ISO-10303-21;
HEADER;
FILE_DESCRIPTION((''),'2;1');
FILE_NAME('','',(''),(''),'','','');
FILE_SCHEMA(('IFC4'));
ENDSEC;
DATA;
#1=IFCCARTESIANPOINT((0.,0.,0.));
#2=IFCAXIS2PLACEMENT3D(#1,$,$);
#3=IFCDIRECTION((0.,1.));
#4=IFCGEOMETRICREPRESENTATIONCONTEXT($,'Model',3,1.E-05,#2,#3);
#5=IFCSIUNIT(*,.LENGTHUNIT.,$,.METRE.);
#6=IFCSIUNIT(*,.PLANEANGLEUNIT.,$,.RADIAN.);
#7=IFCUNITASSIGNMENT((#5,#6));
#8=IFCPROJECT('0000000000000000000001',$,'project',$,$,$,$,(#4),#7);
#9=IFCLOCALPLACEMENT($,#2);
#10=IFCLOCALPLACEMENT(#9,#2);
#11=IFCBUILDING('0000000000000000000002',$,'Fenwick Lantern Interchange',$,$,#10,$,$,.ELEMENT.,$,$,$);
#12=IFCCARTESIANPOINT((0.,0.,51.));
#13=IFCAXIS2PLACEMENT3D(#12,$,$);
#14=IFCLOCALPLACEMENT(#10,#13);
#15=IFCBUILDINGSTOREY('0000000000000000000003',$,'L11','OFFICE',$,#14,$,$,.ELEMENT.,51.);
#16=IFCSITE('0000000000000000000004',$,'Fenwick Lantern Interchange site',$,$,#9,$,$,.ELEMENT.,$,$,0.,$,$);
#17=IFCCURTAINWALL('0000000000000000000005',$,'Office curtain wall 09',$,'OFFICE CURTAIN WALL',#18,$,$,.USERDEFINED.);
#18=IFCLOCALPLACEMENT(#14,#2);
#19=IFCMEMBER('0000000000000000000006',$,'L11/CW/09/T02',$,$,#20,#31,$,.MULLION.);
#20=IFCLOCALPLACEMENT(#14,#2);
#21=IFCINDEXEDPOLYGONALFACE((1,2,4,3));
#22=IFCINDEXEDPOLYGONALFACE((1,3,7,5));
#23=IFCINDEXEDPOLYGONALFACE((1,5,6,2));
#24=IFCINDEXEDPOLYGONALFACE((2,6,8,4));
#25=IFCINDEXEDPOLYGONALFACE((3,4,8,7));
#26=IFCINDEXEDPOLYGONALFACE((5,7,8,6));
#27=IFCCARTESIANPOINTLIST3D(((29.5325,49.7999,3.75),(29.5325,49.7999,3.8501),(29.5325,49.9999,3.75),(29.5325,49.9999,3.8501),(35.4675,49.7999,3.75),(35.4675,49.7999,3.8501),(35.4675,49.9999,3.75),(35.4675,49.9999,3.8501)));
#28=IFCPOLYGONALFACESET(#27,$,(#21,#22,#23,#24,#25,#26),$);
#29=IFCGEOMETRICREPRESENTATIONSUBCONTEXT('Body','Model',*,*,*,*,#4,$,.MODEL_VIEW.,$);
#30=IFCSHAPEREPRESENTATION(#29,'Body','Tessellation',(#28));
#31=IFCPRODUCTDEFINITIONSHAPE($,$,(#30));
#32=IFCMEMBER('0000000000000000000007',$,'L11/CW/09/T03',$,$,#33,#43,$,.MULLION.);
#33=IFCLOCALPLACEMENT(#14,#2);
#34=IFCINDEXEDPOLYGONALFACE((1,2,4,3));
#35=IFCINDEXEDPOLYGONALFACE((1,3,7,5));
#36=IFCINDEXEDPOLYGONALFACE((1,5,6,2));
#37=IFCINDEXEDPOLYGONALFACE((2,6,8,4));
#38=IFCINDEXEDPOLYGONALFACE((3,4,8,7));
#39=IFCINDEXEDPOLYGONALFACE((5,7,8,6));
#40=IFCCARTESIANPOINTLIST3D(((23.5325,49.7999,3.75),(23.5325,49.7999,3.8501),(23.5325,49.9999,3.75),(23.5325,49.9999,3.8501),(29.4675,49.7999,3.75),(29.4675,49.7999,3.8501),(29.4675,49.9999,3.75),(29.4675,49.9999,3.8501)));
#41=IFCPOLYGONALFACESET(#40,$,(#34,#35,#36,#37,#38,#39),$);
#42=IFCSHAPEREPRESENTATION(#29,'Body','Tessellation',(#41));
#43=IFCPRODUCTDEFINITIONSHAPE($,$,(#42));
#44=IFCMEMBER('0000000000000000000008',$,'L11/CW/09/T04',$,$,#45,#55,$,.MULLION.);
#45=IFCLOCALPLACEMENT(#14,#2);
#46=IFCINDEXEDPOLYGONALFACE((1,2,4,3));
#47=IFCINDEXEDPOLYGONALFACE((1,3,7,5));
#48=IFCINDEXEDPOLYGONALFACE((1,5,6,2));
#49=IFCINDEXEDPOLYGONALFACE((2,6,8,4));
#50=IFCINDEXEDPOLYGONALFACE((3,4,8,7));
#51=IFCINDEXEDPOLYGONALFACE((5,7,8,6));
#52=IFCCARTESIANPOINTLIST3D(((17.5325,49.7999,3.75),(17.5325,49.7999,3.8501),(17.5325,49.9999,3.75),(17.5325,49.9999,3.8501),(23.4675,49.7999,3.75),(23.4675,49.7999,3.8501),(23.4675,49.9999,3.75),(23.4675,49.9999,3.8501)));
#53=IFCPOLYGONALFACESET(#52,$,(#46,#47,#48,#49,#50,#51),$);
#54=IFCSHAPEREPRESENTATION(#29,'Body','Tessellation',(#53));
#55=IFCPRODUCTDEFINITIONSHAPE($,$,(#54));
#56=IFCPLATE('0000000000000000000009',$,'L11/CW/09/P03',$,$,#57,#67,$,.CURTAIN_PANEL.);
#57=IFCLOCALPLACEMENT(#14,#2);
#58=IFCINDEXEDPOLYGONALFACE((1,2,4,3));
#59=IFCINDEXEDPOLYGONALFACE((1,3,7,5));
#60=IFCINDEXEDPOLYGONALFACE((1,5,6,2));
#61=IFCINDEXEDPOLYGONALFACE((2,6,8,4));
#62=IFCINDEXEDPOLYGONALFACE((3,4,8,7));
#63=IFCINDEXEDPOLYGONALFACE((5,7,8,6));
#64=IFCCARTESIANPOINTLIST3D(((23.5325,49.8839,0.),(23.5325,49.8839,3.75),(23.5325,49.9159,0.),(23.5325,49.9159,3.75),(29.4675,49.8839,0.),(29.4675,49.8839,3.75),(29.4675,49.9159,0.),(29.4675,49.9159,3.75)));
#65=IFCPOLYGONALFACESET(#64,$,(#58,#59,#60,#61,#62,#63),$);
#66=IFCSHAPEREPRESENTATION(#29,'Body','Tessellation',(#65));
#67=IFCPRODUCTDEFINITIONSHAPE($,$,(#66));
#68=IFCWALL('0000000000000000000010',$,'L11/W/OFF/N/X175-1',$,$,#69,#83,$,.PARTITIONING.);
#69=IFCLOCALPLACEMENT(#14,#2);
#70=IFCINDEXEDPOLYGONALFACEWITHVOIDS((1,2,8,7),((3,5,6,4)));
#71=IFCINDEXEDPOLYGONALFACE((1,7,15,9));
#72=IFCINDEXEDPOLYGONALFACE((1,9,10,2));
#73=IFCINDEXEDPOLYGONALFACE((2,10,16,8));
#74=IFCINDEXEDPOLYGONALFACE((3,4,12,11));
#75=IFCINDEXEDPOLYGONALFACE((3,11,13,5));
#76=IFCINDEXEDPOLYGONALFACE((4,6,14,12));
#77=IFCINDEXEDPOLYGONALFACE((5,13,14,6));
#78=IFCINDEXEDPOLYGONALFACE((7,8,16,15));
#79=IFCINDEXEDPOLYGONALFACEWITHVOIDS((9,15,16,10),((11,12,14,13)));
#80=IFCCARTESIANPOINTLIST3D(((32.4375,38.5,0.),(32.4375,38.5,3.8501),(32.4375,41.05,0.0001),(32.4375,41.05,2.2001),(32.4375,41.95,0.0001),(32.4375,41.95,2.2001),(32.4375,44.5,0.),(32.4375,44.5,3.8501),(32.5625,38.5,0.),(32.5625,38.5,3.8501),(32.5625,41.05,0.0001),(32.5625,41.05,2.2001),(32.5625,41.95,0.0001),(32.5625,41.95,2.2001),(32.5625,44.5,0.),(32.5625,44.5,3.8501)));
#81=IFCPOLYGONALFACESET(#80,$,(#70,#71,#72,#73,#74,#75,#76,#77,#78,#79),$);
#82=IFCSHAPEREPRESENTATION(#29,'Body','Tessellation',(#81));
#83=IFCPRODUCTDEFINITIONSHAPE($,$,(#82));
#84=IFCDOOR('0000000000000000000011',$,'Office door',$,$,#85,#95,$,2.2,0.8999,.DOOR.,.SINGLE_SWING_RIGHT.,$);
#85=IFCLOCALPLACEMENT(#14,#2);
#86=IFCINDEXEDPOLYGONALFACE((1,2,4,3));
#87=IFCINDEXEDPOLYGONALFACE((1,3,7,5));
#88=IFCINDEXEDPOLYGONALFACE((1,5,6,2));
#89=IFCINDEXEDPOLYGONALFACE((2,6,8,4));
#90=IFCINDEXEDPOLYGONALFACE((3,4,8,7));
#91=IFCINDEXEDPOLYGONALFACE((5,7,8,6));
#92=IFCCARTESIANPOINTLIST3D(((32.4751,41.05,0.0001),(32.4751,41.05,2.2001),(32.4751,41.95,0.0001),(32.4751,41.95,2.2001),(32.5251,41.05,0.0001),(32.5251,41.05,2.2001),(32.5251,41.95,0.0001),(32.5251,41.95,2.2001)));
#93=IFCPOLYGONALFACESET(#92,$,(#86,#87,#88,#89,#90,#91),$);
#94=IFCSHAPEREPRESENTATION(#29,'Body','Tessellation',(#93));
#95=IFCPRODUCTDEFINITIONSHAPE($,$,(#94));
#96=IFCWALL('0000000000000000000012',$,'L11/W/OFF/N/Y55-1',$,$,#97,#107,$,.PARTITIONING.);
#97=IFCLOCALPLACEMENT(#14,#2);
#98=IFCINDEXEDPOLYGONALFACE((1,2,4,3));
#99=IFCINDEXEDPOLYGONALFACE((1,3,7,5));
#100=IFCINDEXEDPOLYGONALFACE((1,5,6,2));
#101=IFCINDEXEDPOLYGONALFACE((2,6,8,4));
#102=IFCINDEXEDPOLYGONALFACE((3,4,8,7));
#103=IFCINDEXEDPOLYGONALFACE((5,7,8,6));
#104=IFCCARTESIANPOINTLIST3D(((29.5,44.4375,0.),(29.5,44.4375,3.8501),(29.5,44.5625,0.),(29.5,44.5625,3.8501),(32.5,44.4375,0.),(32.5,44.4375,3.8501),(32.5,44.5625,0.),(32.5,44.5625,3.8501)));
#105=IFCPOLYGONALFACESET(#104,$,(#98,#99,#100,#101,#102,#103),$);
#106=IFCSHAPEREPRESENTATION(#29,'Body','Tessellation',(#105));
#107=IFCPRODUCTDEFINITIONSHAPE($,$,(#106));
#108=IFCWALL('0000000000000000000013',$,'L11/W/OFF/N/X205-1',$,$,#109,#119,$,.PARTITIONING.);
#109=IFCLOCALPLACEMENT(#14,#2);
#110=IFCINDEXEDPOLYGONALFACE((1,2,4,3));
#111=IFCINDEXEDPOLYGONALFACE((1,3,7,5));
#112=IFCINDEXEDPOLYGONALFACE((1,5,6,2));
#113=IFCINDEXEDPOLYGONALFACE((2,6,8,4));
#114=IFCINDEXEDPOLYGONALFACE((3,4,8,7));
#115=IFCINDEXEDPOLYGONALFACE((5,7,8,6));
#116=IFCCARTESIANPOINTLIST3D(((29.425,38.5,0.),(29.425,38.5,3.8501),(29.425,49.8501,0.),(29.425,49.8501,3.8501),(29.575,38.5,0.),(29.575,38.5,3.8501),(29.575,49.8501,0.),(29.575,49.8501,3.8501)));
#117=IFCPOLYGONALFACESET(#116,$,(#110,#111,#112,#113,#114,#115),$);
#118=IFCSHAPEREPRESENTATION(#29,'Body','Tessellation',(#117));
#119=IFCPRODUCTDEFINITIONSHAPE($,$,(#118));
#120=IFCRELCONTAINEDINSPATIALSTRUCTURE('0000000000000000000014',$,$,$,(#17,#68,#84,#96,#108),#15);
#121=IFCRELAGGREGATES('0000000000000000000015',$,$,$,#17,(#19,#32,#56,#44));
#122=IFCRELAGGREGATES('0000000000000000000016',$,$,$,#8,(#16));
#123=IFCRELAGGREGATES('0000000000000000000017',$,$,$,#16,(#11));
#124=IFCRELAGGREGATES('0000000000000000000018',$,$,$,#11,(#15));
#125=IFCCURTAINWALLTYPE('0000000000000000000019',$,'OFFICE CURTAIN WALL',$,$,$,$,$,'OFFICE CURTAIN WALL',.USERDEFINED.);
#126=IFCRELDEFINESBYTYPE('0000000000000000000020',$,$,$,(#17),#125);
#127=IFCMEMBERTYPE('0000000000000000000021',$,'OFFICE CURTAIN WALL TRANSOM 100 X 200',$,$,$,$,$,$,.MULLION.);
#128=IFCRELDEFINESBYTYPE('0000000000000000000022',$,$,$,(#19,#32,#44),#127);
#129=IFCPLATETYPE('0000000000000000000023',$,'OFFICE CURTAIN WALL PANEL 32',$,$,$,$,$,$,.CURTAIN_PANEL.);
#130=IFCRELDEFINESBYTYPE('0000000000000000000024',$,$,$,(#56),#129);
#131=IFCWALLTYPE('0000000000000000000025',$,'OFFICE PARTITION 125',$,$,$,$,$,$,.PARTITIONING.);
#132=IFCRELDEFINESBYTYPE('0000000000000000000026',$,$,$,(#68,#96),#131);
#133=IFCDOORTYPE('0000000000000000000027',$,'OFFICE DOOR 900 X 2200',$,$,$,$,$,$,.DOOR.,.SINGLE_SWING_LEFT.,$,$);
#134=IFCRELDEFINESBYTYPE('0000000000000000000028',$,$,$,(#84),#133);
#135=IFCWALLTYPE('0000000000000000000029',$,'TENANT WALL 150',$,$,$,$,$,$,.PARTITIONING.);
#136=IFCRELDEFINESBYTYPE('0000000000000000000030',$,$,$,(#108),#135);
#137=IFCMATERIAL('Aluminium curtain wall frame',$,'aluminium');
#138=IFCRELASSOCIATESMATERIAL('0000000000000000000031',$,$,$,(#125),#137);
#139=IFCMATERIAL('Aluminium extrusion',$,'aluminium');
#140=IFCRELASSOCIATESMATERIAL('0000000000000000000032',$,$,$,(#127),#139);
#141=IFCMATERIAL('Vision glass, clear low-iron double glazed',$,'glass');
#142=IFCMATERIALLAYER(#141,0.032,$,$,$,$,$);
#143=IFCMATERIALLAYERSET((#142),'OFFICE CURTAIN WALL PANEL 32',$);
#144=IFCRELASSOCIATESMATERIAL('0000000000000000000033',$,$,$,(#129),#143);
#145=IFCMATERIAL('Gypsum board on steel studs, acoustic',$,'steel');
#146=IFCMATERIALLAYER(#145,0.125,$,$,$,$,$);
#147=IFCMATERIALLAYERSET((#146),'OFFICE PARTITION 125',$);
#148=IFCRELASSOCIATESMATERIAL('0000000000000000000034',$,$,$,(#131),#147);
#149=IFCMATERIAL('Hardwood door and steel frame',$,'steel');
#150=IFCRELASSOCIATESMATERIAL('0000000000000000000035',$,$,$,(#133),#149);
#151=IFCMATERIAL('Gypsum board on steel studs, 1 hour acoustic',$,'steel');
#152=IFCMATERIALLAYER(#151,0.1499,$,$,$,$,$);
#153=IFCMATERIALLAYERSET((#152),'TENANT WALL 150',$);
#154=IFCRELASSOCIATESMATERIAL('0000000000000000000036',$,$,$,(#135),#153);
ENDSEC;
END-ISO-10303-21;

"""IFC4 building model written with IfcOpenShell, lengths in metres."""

from ifc_helpers import new_model, si_unit, direction, frame, frame_2d, origin, origin_2d, place, context, subcontext, project, spatial, rectangle, extrude, material, layer, layer_set, material_profile, profile_set, type_object, element, fill, aggregate, save


model = new_model("IFC4")

# Units and contexts
model_context = context("Model", 3, precision=1e-05, world=origin(), true_north=direction((0.0, 1.0)))
body_context = subcontext(model_context, "Body", "Model", "MODEL_VIEW")
ifc_project = project(units=[si_unit("LENGTHUNIT", "METRE"), si_unit("PLANEANGLEUNIT", "RADIAN")], contexts=[model_context])

# Site, building, storey
site_placement = place(None, origin())
site = spatial("IfcSite", under=ifc_project, at=site_placement, Name="Fenwick Lantern Interchange site", CompositionType="ELEMENT", RefElevation=0.0)
building_placement = place(site_placement, origin())
building = spatial("IfcBuilding", under=site, at=building_placement, Name="Fenwick Lantern Interchange", CompositionType="ELEMENT")
storey_placement = place(building_placement, frame((0.0, 0.0, 51.0)))
storey = spatial("IfcBuildingStorey", under=building, at=storey_placement, Name="L11", Description="OFFICE", CompositionType="ELEMENT", Elevation=51.0)

# Curtain wall, members, plate
ifc_material_1 = material(Name="Aluminium curtain wall frame", Category="aluminium")
curtain_wall_type = type_object("IfcCurtainWallType", Name="OFFICE CURTAIN WALL", ElementType="OFFICE CURTAIN WALL", PredefinedType="USERDEFINED", material=ifc_material_1)
curtain_wall_placement = place(storey_placement, origin())
curtain_wall = element("IfcCurtainWall", 1, at=curtain_wall_placement, inside=storey, type_object=curtain_wall_type, Name="Office curtain wall 09", ObjectType="OFFICE CURTAIN WALL", PredefinedType="USERDEFINED")
ifc_material_2 = material(Name="Aluminium extrusion", Category="aluminium")
ifc_material_profile_1 = material_profile(ifc_material_2, rectangle(XDim=0.2, YDim=0.1001, at=origin_2d()), Name="OFFICE CURTAIN WALL TRANSOM 100 X 200")
ifc_profile_set_1 = profile_set([ifc_material_profile_1], Name="Aluminium extrusion")
member_type_1 = type_object("IfcMemberType", Name="OFFICE CURTAIN WALL TRANSOM 100 X 200", PredefinedType="MULLION", material=ifc_profile_set_1)
member_1_placement = place(storey_placement, frame((35.4675, 49.8999, 3.8), z_axis=(-1.0, 0.0, 0.0), x_axis=(0.0, -1.0, 0.0)))
member_1 = element("IfcMember", 2, at=member_1_placement, type_object=member_type_1, Name="L11/CW/09/T02", PredefinedType="MULLION", context=body_context, shape_type="SweptSolid", body=[
    extrude(rectangle(XDim=0.2, YDim=0.1001, at=origin_2d()), origin(), (0.0, 0.0, 1.0), 5.9351),
])
member_2_placement = place(storey_placement, frame((29.4675, 49.8999, 3.8), z_axis=(-1.0, 0.0, 0.0), x_axis=(0.0, -1.0, 0.0)))
member_2 = element("IfcMember", 3, at=member_2_placement, type_object=member_type_1, Name="L11/CW/09/T03", PredefinedType="MULLION", context=body_context, shape_type="SweptSolid", body=[
    extrude(rectangle(XDim=0.2, YDim=0.1001, at=origin_2d()), origin(), (0.0, 0.0, 1.0), 5.9351),
])
member_3_placement = place(storey_placement, frame((23.4675, 49.8999, 3.8), z_axis=(-1.0, 0.0, 0.0), x_axis=(0.0, -1.0, 0.0)))
member_3 = element("IfcMember", 4, at=member_3_placement, type_object=member_type_1, Name="L11/CW/09/T04", PredefinedType="MULLION", context=body_context, shape_type="SweptSolid", body=[
    extrude(rectangle(XDim=0.2, YDim=0.1001, at=origin_2d()), origin(), (0.0, 0.0, 1.0), 5.9351),
])
ifc_material_3 = material(Name="Vision glass, clear low-iron double glazed", Category="glass")
ifc_layer_1 = layer(ifc_material_3, 0.032)
ifc_layer_set_1 = layer_set([ifc_layer_1], Name="OFFICE CURTAIN WALL PANEL 32")
plate_type = type_object("IfcPlateType", Name="OFFICE CURTAIN WALL PANEL 32", PredefinedType="CURTAIN_PANEL", material=ifc_layer_set_1)
plate_placement = place(storey_placement, frame((26.5, 49.8999, 0.0), z_axis=(0.0, 0.0, 1.0), x_axis=(-1.0, 0.0, 0.0)))
plate = element("IfcPlate", 5, at=plate_placement, type_object=plate_type, Name="L11/CW/09/P03", PredefinedType="CURTAIN_PANEL", context=body_context, shape_type="SweptSolid", body=[
    extrude(rectangle(XDim=5.9351, YDim=0.032, at=origin_2d()), origin(), (0.0, 0.0, 1.0), 3.75),
])
aggregate(curtain_wall, [member_1, member_2, plate, member_3])

# Wall, opening, door
ifc_material_4 = material(Name="Gypsum board on steel studs, acoustic", Category="steel")
ifc_layer_2 = layer(ifc_material_4, 0.125)
ifc_layer_set_2 = layer_set([ifc_layer_2], Name="OFFICE PARTITION 125")
wall_type_1 = type_object("IfcWallType", Name="OFFICE PARTITION 125", PredefinedType="PARTITIONING", material=ifc_layer_set_2)
wall_1_placement = place(storey_placement, frame((32.5, 44.5, 0.0), z_axis=(0.0, 0.0, 1.0), x_axis=(0.0, -1.0, 0.0)))
wall_1 = element("IfcWall", 6, at=wall_1_placement, inside=storey, type_object=wall_type_1, Name="L11/W/OFF/N/X175-1", PredefinedType="PARTITIONING", context=body_context, shape_type="SweptSolid", body=[
    extrude(rectangle(XDim=6.0, YDim=0.125, at=frame_2d((3.0, 0.0))), origin(), (0.0, 0.0, 1.0), 3.8501),
])
opening_placement = place(wall_1_placement, frame((2.55, 0.0, 0.0)))
opening = element("IfcOpeningElement", 7, at=opening_placement, cuts=wall_1, PredefinedType="OPENING", context=body_context, shape_type="SweptSolid", body=[
    extrude(rectangle(XDim=0.8999, YDim=2.2, at=frame_2d((0.45, 1.1001))), frame((0.0, 0.0725, 0.0), z_axis=(0.0, -1.0, 0.0), x_axis=(1.0, 0.0, 0.0)), (0.0, 0.0, 1.0), 0.145),
])
ifc_material_5 = material(Name="Hardwood door and steel frame", Category="steel")
door_type = type_object("IfcDoorType", Name="OFFICE DOOR 900 X 2200", OperationType="SINGLE_SWING_LEFT", PredefinedType="DOOR", material=ifc_material_5)
door_placement = place(opening_placement, frame((0.8999, 0.0, 0.0), z_axis=(0.0, 0.0, 1.0), x_axis=(-1.0, 0.0, 0.0)))
door = element("IfcDoor", 8, at=door_placement, inside=storey, type_object=door_type, Name="Office door", OperationType="SINGLE_SWING_RIGHT", OverallHeight=2.2, OverallWidth=0.8999, PredefinedType="DOOR", context=body_context, shape_type="SweptSolid", body=[
    extrude(rectangle(XDim=0.8999, YDim=2.2, at=frame_2d((0.45, 1.1001))), frame((0.0, 0.0249, 0.0), z_axis=(0.0, -1.0, 0.0), x_axis=(1.0, 0.0, 0.0)), (0.0, 0.0, 1.0), 0.05),
])
fill(opening, door)

# Walls
wall_2_placement = place(storey_placement, frame((32.5, 44.5, 0.0), z_axis=(0.0, 0.0, 1.0), x_axis=(-1.0, 0.0, 0.0)))
element("IfcWall", 9, at=wall_2_placement, inside=storey, type_object=wall_type_1, Name="L11/W/OFF/N/Y55-1", PredefinedType="PARTITIONING", context=body_context, shape_type="SweptSolid", body=[
    extrude(rectangle(XDim=3.0, YDim=0.125, at=frame_2d((1.5, 0.0))), origin(), (0.0, 0.0, 1.0), 3.8501),
])
ifc_material_6 = material(Name="Gypsum board on steel studs, 1 hour acoustic", Category="steel")
ifc_layer_3 = layer(ifc_material_6, 0.1499)
ifc_layer_set_3 = layer_set([ifc_layer_3], Name="TENANT WALL 150")
wall_type_2 = type_object("IfcWallType", Name="TENANT WALL 150", PredefinedType="PARTITIONING", material=ifc_layer_set_3)
wall_3_placement = place(storey_placement, frame((29.5, 49.8501, 0.0), z_axis=(0.0, 0.0, 1.0), x_axis=(0.0, -1.0, 0.0)))
element("IfcWall", 10, at=wall_3_placement, inside=storey, type_object=wall_type_2, Name="L11/W/OFF/N/X205-1", PredefinedType="PARTITIONING", context=body_context, shape_type="SweptSolid", body=[
    extrude(rectangle(XDim=11.3501, YDim=0.1499, at=frame_2d((5.675, 0.0))), origin(), (0.0, 0.0, 1.0), 3.8501),
])

save(model, "model.ifc")
